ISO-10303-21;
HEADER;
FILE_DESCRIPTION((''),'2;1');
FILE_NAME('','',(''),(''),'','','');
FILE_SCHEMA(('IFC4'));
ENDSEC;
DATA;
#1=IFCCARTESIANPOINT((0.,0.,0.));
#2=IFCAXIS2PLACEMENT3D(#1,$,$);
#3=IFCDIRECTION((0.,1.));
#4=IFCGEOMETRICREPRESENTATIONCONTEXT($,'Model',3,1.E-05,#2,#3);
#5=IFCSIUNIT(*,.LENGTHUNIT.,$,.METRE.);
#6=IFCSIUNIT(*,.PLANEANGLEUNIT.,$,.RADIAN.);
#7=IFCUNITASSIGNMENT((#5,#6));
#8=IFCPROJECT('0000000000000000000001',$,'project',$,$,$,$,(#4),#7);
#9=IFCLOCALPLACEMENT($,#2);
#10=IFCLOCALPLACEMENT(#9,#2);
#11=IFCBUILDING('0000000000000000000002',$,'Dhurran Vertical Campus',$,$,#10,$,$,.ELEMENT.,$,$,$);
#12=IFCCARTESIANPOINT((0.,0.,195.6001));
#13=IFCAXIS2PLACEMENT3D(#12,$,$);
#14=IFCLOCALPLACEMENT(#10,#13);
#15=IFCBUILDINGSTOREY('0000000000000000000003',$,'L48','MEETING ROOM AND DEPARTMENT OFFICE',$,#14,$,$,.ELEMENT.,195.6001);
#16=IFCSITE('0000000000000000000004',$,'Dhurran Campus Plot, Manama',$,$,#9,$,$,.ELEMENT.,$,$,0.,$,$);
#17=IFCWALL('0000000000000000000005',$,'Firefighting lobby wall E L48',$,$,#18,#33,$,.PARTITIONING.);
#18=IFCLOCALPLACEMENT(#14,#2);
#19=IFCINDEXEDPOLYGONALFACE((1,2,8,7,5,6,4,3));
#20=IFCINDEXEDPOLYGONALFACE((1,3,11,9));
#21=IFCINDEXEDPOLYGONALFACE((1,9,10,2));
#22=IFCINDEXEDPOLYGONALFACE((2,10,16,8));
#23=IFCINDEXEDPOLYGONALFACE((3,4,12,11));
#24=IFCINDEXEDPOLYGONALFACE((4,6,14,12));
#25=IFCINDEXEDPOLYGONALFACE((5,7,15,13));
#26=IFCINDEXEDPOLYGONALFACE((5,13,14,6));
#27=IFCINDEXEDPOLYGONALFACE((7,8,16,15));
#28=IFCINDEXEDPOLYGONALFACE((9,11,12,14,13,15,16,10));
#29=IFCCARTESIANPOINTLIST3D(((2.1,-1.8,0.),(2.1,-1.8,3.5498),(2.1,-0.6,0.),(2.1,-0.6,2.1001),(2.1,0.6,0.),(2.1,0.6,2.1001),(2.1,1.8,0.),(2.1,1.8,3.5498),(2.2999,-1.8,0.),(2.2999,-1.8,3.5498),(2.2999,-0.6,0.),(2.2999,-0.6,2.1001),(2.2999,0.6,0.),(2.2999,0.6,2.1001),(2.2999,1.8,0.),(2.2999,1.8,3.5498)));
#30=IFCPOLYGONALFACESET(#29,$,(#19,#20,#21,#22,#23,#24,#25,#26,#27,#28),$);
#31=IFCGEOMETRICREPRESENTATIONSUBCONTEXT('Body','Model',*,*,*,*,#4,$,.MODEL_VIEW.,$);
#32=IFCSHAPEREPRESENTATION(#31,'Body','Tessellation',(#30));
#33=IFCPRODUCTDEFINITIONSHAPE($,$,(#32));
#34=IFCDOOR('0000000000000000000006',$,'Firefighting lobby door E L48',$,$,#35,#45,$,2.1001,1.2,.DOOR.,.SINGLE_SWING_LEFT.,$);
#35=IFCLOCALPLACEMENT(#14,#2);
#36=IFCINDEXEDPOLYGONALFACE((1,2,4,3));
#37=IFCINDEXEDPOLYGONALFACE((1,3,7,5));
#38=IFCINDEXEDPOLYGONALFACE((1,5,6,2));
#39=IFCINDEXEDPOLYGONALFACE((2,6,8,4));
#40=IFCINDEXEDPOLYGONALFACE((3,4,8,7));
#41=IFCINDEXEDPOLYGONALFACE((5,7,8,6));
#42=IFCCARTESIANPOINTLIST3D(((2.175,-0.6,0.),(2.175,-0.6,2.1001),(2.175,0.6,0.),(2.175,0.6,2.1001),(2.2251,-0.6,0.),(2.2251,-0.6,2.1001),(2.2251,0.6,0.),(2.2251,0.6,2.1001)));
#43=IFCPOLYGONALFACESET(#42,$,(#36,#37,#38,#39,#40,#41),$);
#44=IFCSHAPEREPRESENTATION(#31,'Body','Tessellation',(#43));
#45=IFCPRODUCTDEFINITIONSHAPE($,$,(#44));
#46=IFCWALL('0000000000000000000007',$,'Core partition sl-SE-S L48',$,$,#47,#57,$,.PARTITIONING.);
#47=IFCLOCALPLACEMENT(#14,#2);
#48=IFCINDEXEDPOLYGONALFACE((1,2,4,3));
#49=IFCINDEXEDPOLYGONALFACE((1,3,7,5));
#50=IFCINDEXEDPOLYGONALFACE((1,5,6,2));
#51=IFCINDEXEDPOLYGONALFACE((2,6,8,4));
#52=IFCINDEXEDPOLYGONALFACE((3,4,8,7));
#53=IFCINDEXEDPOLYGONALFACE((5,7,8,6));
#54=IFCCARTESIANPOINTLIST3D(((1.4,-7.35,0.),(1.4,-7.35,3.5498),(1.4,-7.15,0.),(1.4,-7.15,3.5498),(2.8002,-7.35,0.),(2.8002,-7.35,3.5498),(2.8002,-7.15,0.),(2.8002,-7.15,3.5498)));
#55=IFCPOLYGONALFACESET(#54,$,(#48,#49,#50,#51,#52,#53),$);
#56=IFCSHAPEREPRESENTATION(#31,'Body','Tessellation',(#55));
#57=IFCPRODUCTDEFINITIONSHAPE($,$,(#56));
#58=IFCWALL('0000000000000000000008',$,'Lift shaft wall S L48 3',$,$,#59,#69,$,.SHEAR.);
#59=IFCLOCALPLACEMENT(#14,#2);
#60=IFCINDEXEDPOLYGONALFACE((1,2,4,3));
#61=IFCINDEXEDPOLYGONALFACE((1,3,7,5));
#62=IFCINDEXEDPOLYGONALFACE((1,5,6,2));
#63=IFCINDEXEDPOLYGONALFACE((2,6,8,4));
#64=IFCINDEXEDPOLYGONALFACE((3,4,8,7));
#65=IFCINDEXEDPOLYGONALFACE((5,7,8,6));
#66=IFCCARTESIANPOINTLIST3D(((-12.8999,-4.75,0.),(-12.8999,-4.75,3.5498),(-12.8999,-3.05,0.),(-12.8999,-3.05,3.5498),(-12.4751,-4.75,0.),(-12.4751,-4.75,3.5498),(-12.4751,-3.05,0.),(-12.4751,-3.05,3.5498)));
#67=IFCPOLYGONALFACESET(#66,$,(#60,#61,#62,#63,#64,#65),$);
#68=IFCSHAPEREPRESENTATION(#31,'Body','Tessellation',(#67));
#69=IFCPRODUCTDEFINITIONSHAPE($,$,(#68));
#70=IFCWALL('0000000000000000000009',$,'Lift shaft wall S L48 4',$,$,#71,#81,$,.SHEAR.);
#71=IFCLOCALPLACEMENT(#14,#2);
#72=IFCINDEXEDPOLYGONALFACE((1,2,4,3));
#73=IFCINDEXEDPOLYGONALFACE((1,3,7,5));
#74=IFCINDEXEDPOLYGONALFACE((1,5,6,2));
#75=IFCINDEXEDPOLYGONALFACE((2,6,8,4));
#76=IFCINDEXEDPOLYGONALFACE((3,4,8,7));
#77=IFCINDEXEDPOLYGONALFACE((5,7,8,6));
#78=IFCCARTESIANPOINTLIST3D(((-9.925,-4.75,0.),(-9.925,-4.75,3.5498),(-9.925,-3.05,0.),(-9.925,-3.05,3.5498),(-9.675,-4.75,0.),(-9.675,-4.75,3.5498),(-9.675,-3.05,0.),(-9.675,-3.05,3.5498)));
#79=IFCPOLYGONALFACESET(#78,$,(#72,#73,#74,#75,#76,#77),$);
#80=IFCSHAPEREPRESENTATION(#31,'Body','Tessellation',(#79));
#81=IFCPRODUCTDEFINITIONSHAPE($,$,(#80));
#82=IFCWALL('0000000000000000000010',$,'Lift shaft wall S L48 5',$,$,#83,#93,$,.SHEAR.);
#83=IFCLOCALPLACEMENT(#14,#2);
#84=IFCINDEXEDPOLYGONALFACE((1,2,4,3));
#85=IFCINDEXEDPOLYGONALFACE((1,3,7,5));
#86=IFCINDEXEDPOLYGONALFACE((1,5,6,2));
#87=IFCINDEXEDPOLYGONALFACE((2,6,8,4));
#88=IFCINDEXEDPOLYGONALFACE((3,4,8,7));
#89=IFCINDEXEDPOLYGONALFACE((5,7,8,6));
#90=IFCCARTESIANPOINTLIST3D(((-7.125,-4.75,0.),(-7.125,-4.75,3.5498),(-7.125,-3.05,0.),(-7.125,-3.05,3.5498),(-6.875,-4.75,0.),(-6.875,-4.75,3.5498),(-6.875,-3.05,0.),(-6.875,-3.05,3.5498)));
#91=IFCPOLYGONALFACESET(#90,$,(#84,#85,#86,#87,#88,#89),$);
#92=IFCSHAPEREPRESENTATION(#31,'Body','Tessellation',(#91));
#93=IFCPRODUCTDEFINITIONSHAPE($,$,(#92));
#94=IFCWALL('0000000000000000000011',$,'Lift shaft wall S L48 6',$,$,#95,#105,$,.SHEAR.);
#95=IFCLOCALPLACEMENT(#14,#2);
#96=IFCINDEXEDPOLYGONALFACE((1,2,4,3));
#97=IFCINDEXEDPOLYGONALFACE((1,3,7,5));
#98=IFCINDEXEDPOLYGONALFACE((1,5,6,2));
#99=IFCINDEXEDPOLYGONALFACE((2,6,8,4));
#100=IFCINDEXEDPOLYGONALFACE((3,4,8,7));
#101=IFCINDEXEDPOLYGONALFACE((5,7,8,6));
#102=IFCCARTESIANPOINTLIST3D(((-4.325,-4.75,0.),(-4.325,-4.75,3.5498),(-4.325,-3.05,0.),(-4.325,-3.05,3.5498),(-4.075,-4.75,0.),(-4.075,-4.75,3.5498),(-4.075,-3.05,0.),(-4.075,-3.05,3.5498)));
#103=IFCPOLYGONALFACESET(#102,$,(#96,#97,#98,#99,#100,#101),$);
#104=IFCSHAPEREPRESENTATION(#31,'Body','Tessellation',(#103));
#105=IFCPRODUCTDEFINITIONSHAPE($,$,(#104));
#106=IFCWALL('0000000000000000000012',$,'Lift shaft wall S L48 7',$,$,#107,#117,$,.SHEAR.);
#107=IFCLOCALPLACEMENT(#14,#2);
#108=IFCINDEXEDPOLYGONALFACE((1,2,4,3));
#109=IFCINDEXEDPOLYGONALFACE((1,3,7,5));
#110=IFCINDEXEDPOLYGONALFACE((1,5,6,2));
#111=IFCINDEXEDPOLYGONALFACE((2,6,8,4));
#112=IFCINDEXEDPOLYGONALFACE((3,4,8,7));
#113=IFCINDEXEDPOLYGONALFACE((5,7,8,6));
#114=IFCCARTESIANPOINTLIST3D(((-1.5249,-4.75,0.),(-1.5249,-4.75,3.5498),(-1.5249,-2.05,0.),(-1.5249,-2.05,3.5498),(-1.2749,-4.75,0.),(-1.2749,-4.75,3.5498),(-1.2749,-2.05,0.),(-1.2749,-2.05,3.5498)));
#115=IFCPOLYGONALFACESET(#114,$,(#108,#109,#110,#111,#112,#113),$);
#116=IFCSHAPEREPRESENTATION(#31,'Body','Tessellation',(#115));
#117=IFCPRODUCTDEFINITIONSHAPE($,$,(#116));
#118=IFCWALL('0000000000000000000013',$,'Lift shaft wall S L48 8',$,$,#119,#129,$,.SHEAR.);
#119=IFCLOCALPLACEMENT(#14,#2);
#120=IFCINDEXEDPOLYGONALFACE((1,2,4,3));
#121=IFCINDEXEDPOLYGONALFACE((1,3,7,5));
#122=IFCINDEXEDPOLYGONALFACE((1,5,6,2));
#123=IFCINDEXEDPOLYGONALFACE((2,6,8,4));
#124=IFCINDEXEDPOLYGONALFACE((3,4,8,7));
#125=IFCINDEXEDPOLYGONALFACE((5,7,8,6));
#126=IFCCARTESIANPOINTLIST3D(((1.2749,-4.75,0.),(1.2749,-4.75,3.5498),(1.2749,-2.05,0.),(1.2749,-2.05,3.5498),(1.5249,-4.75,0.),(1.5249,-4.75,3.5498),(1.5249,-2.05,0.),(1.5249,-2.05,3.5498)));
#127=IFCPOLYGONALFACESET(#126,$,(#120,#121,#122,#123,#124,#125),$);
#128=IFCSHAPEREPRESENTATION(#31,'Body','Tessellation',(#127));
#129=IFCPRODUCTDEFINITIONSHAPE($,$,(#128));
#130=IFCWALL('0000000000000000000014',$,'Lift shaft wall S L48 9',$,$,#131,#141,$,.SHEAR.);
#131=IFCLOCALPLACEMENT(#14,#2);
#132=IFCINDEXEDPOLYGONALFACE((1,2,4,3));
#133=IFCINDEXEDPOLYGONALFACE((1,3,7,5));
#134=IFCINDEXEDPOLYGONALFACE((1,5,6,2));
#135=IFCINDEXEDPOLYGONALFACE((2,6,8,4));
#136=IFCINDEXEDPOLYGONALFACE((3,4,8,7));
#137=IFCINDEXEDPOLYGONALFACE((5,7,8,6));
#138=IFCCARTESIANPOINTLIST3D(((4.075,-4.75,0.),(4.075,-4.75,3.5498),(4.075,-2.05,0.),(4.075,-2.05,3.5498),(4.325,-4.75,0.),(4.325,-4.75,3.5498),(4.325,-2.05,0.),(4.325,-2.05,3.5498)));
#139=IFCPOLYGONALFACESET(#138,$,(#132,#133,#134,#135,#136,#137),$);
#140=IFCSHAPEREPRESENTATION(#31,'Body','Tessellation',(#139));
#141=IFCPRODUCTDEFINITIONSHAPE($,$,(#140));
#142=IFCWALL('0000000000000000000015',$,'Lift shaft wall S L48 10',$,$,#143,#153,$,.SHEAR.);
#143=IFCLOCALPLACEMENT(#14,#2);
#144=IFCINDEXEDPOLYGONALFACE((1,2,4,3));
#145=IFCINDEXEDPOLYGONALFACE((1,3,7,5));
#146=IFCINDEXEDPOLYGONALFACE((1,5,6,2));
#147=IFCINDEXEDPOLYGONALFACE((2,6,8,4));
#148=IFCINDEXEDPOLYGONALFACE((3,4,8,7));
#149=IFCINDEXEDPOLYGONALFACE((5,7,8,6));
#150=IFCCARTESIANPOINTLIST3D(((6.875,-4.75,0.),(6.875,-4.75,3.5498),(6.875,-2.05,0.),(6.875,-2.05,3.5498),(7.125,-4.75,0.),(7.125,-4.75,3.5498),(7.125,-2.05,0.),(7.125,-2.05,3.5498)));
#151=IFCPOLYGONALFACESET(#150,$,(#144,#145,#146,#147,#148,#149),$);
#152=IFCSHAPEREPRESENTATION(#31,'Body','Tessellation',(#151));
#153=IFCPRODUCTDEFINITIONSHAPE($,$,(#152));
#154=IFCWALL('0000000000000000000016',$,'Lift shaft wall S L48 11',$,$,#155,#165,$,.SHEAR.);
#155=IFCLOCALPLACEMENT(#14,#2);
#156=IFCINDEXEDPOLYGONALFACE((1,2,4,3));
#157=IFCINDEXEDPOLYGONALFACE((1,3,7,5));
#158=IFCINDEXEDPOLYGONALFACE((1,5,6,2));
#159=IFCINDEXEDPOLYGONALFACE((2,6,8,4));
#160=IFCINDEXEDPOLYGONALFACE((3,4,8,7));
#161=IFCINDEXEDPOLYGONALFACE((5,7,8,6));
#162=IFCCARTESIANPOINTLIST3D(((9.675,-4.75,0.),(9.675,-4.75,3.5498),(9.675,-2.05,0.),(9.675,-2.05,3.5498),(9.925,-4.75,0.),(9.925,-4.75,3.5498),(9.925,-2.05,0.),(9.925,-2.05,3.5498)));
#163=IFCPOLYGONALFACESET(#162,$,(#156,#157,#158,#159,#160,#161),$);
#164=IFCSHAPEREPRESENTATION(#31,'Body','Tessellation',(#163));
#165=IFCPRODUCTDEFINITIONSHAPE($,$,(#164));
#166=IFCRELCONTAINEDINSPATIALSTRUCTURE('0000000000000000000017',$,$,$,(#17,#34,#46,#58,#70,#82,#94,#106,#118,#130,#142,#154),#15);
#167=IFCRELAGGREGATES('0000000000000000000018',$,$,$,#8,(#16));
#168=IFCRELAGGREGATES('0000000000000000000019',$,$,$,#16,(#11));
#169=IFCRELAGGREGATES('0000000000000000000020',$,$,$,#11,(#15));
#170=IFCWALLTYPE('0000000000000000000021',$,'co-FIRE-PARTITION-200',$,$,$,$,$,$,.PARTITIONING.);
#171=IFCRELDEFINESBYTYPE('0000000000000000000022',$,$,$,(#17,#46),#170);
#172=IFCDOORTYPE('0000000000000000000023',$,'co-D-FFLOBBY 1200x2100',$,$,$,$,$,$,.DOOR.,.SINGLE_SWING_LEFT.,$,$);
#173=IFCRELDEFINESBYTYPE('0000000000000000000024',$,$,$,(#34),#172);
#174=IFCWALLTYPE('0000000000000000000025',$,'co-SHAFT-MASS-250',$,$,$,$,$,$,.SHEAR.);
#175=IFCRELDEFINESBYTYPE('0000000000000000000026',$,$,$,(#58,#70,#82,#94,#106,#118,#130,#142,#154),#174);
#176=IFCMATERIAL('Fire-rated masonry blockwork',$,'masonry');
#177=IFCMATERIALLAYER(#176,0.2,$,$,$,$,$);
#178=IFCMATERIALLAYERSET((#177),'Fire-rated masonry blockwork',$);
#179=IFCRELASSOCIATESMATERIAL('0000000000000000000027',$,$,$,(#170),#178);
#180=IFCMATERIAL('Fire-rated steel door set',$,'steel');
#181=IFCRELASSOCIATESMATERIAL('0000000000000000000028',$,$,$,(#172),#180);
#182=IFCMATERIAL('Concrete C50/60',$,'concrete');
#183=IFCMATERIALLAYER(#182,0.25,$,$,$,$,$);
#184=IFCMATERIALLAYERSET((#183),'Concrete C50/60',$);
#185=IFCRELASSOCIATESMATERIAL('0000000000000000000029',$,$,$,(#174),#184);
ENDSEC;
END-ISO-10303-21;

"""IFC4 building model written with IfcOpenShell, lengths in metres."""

from ifc_helpers import new_model, si_unit, direction, frame, frame_2d, origin, place, context, subcontext, project, spatial, polyline, rectangle, outline, extrude, material, layer, layer_set, type_object, element, fill, save


model = new_model("IFC4")

# Units and contexts
model_context = context("Model", 3, precision=1e-05, world=origin(), true_north=direction((0.0, 1.0)))
body_context = subcontext(model_context, "Body", "Model", "MODEL_VIEW")
ifc_project = project(units=[si_unit("LENGTHUNIT", "METRE"), si_unit("PLANEANGLEUNIT", "RADIAN")], contexts=[model_context])

# Site, building, storey
site_placement = place(None, origin())
site = spatial("IfcSite", under=ifc_project, at=site_placement, Name="Dhurran Campus Plot, Manama", CompositionType="ELEMENT", RefElevation=0.0)
building_placement = place(site_placement, origin())
building = spatial("IfcBuilding", under=site, at=building_placement, Name="Dhurran Vertical Campus", CompositionType="ELEMENT")
storey_placement = place(building_placement, frame((0.0, 0.0, 195.6001)))
storey = spatial("IfcBuildingStorey", under=building, at=storey_placement, Name="L48", Description="MEETING ROOM AND DEPARTMENT OFFICE", CompositionType="ELEMENT", Elevation=195.6001)

# Wall, opening, door
ifc_material_1 = material(Name="Fire-rated masonry blockwork", Category="masonry")
ifc_layer_1 = layer(ifc_material_1, 0.2)
ifc_layer_set_1 = layer_set([ifc_layer_1], Name="Fire-rated masonry blockwork")
wall_type_1 = type_object("IfcWallType", Name="co-FIRE-PARTITION-200", PredefinedType="PARTITIONING", material=ifc_layer_set_1)
wall_1_placement = place(storey_placement, frame((2.2, -1.8, 0.0), z_axis=(0.0, 0.0, 1.0), x_axis=(0.0, 1.0, 0.0)))
wall_1 = element("IfcWall", 1, at=wall_1_placement, inside=storey, type_object=wall_type_1, Name="Firefighting lobby wall E L48", PredefinedType="PARTITIONING", context=body_context, shape_type="SweptSolid", body=[
    extrude(rectangle(XDim=3.6001, YDim=0.2, at=frame_2d((1.8, 0.0))), origin(), (0.0, 0.0, 1.0), 3.5498),
])
opening_1_placement = place(wall_1_placement, frame((1.2, 0.0, 0.0)))
opening_1 = element("IfcOpeningElement", 2, at=opening_1_placement, cuts=wall_1, PredefinedType="OPENING", context=body_context, shape_type="SweptSolid", body=[
    extrude(rectangle(XDim=1.2, YDim=2.1001, at=frame_2d((0.6001, 1.05))), frame((0.0, 0.1099, 0.0), z_axis=(0.0, -1.0, 0.0), x_axis=(1.0, 0.0, 0.0)), (0.0, 0.0, 1.0), 0.22),
])
ifc_material_2 = material(Name="Fire-rated steel door set", Category="steel")
door_type_1 = type_object("IfcDoorType", Name="co-D-FFLOBBY 1200x2100", OperationType="SINGLE_SWING_LEFT", PredefinedType="DOOR", material=ifc_material_2)
door_1_placement = place(opening_1_placement, origin())
door_1 = element("IfcDoor", 3, at=door_1_placement, inside=storey, type_object=door_type_1, Name="Firefighting lobby door E L48", OperationType="SINGLE_SWING_LEFT", OverallHeight=2.1001, OverallWidth=1.2, PredefinedType="DOOR", context=body_context, shape_type="SweptSolid", body=[
    extrude(rectangle(XDim=1.2, YDim=2.1001, at=frame_2d((0.6001, 1.05))), frame((0.0, 0.0249, 0.0), z_axis=(0.0, -1.0, 0.0), x_axis=(1.0, 0.0, 0.0)), (0.0, 0.0, 1.0), 0.05),
])
fill(opening_1, door_1)

# Walls
wall_2_placement = place(storey_placement, frame((1.3999, -7.25, 0.0), z_axis=(0.0, 0.0, 1.0), x_axis=(1.0, 0.0, 0.0)))
element("IfcWall", 4, at=wall_2_placement, inside=storey, type_object=wall_type_1, Name="Core partition sl-SE-S L48", PredefinedType="PARTITIONING", context=body_context, shape_type="SweptSolid", body=[
    extrude(rectangle(XDim=1.4001, YDim=0.2, at=frame_2d((0.7002, 0.0))), origin(), (0.0, 0.0, 1.0), 3.5498),
])
ifc_material_3 = material(Name="Concrete C50/60", Category="concrete")
ifc_layer_2 = layer(ifc_material_3, 0.25)
ifc_layer_set_2 = layer_set([ifc_layer_2], Name="Concrete C50/60")
wall_type_2 = type_object("IfcWallType", Name="co-SHAFT-MASS-250", PredefinedType="SHEAR", material=ifc_layer_set_2)
wall_3_placement = place(storey_placement, origin())
element("IfcWall", 5, at=wall_3_placement, inside=storey, type_object=wall_type_2, Name="Lift shaft wall S L48 3", PredefinedType="SHEAR", context=body_context, shape_type="SweptSolid", body=[
    extrude(outline(polyline([(-12.8999, -4.75), (-12.4751, -4.75), (-12.4751, -3.05), (-12.8999, -3.05), (-12.8999, -4.75)])), origin(), (0.0, 0.0, 1.0), 3.5498),
])
wall_4_placement = place(storey_placement, origin())
element("IfcWall", 6, at=wall_4_placement, inside=storey, type_object=wall_type_2, Name="Lift shaft wall S L48 4", PredefinedType="SHEAR", context=body_context, shape_type="SweptSolid", body=[
    extrude(outline(polyline([(-9.925, -4.75), (-9.675, -4.75), (-9.675, -3.05), (-9.925, -3.05), (-9.925, -4.75)])), origin(), (0.0, 0.0, 1.0), 3.5498),
])
wall_5_placement = place(storey_placement, origin())
element("IfcWall", 7, at=wall_5_placement, inside=storey, type_object=wall_type_2, Name="Lift shaft wall S L48 5", PredefinedType="SHEAR", context=body_context, shape_type="SweptSolid", body=[
    extrude(outline(polyline([(-7.125, -4.75), (-6.875, -4.75), (-6.875, -3.05), (-7.125, -3.05), (-7.125, -4.75)])), origin(), (0.0, 0.0, 1.0), 3.5498),
])
wall_6_placement = place(storey_placement, origin())
element("IfcWall", 8, at=wall_6_placement, inside=storey, type_object=wall_type_2, Name="Lift shaft wall S L48 6", PredefinedType="SHEAR", context=body_context, shape_type="SweptSolid", body=[
    extrude(outline(polyline([(-4.325, -4.75), (-4.075, -4.75), (-4.075, -3.05), (-4.325, -3.05), (-4.325, -4.75)])), origin(), (0.0, 0.0, 1.0), 3.5498),
])
wall_7_placement = place(storey_placement, origin())
element("IfcWall", 9, at=wall_7_placement, inside=storey, type_object=wall_type_2, Name="Lift shaft wall S L48 7", PredefinedType="SHEAR", context=body_context, shape_type="SweptSolid", body=[
    extrude(outline(polyline([(-1.5249, -4.75), (-1.2749, -4.75), (-1.2749, -2.05), (-1.5249, -2.05), (-1.5249, -4.75)])), origin(), (0.0, 0.0, 1.0), 3.5498),
])
wall_8_placement = place(storey_placement, origin())
element("IfcWall", 10, at=wall_8_placement, inside=storey, type_object=wall_type_2, Name="Lift shaft wall S L48 8", PredefinedType="SHEAR", context=body_context, shape_type="SweptSolid", body=[
    extrude(outline(polyline([(1.2749, -4.75), (1.5249, -4.75), (1.5249, -2.05), (1.2749, -2.05), (1.2749, -4.75)])), origin(), (0.0, 0.0, 1.0), 3.5498),
])
wall_9_placement = place(storey_placement, origin())
element("IfcWall", 11, at=wall_9_placement, inside=storey, type_object=wall_type_2, Name="Lift shaft wall S L48 9", PredefinedType="SHEAR", context=body_context, shape_type="SweptSolid", body=[
    extrude(outline(polyline([(4.075, -4.75), (4.325, -4.75), (4.325, -2.05), (4.075, -2.05), (4.075, -4.75)])), origin(), (0.0, 0.0, 1.0), 3.5498),
])
wall_10_placement = place(storey_placement, origin())
element("IfcWall", 12, at=wall_10_placement, inside=storey, type_object=wall_type_2, Name="Lift shaft wall S L48 10", PredefinedType="SHEAR", context=body_context, shape_type="SweptSolid", body=[
    extrude(outline(polyline([(6.875, -4.75), (7.125, -4.75), (7.125, -2.05), (6.875, -2.05), (6.875, -4.75)])), origin(), (0.0, 0.0, 1.0), 3.5498),
])
wall_11_placement = place(storey_placement, origin())
element("IfcWall", 13, at=wall_11_placement, inside=storey, type_object=wall_type_2, Name="Lift shaft wall S L48 11", PredefinedType="SHEAR", context=body_context, shape_type="SweptSolid", body=[
    extrude(outline(polyline([(9.675, -4.75), (9.925, -4.75), (9.925, -2.05), (9.675, -2.05), (9.675, -4.75)])), origin(), (0.0, 0.0, 1.0), 3.5498),
])

save(model, "model.ifc")
